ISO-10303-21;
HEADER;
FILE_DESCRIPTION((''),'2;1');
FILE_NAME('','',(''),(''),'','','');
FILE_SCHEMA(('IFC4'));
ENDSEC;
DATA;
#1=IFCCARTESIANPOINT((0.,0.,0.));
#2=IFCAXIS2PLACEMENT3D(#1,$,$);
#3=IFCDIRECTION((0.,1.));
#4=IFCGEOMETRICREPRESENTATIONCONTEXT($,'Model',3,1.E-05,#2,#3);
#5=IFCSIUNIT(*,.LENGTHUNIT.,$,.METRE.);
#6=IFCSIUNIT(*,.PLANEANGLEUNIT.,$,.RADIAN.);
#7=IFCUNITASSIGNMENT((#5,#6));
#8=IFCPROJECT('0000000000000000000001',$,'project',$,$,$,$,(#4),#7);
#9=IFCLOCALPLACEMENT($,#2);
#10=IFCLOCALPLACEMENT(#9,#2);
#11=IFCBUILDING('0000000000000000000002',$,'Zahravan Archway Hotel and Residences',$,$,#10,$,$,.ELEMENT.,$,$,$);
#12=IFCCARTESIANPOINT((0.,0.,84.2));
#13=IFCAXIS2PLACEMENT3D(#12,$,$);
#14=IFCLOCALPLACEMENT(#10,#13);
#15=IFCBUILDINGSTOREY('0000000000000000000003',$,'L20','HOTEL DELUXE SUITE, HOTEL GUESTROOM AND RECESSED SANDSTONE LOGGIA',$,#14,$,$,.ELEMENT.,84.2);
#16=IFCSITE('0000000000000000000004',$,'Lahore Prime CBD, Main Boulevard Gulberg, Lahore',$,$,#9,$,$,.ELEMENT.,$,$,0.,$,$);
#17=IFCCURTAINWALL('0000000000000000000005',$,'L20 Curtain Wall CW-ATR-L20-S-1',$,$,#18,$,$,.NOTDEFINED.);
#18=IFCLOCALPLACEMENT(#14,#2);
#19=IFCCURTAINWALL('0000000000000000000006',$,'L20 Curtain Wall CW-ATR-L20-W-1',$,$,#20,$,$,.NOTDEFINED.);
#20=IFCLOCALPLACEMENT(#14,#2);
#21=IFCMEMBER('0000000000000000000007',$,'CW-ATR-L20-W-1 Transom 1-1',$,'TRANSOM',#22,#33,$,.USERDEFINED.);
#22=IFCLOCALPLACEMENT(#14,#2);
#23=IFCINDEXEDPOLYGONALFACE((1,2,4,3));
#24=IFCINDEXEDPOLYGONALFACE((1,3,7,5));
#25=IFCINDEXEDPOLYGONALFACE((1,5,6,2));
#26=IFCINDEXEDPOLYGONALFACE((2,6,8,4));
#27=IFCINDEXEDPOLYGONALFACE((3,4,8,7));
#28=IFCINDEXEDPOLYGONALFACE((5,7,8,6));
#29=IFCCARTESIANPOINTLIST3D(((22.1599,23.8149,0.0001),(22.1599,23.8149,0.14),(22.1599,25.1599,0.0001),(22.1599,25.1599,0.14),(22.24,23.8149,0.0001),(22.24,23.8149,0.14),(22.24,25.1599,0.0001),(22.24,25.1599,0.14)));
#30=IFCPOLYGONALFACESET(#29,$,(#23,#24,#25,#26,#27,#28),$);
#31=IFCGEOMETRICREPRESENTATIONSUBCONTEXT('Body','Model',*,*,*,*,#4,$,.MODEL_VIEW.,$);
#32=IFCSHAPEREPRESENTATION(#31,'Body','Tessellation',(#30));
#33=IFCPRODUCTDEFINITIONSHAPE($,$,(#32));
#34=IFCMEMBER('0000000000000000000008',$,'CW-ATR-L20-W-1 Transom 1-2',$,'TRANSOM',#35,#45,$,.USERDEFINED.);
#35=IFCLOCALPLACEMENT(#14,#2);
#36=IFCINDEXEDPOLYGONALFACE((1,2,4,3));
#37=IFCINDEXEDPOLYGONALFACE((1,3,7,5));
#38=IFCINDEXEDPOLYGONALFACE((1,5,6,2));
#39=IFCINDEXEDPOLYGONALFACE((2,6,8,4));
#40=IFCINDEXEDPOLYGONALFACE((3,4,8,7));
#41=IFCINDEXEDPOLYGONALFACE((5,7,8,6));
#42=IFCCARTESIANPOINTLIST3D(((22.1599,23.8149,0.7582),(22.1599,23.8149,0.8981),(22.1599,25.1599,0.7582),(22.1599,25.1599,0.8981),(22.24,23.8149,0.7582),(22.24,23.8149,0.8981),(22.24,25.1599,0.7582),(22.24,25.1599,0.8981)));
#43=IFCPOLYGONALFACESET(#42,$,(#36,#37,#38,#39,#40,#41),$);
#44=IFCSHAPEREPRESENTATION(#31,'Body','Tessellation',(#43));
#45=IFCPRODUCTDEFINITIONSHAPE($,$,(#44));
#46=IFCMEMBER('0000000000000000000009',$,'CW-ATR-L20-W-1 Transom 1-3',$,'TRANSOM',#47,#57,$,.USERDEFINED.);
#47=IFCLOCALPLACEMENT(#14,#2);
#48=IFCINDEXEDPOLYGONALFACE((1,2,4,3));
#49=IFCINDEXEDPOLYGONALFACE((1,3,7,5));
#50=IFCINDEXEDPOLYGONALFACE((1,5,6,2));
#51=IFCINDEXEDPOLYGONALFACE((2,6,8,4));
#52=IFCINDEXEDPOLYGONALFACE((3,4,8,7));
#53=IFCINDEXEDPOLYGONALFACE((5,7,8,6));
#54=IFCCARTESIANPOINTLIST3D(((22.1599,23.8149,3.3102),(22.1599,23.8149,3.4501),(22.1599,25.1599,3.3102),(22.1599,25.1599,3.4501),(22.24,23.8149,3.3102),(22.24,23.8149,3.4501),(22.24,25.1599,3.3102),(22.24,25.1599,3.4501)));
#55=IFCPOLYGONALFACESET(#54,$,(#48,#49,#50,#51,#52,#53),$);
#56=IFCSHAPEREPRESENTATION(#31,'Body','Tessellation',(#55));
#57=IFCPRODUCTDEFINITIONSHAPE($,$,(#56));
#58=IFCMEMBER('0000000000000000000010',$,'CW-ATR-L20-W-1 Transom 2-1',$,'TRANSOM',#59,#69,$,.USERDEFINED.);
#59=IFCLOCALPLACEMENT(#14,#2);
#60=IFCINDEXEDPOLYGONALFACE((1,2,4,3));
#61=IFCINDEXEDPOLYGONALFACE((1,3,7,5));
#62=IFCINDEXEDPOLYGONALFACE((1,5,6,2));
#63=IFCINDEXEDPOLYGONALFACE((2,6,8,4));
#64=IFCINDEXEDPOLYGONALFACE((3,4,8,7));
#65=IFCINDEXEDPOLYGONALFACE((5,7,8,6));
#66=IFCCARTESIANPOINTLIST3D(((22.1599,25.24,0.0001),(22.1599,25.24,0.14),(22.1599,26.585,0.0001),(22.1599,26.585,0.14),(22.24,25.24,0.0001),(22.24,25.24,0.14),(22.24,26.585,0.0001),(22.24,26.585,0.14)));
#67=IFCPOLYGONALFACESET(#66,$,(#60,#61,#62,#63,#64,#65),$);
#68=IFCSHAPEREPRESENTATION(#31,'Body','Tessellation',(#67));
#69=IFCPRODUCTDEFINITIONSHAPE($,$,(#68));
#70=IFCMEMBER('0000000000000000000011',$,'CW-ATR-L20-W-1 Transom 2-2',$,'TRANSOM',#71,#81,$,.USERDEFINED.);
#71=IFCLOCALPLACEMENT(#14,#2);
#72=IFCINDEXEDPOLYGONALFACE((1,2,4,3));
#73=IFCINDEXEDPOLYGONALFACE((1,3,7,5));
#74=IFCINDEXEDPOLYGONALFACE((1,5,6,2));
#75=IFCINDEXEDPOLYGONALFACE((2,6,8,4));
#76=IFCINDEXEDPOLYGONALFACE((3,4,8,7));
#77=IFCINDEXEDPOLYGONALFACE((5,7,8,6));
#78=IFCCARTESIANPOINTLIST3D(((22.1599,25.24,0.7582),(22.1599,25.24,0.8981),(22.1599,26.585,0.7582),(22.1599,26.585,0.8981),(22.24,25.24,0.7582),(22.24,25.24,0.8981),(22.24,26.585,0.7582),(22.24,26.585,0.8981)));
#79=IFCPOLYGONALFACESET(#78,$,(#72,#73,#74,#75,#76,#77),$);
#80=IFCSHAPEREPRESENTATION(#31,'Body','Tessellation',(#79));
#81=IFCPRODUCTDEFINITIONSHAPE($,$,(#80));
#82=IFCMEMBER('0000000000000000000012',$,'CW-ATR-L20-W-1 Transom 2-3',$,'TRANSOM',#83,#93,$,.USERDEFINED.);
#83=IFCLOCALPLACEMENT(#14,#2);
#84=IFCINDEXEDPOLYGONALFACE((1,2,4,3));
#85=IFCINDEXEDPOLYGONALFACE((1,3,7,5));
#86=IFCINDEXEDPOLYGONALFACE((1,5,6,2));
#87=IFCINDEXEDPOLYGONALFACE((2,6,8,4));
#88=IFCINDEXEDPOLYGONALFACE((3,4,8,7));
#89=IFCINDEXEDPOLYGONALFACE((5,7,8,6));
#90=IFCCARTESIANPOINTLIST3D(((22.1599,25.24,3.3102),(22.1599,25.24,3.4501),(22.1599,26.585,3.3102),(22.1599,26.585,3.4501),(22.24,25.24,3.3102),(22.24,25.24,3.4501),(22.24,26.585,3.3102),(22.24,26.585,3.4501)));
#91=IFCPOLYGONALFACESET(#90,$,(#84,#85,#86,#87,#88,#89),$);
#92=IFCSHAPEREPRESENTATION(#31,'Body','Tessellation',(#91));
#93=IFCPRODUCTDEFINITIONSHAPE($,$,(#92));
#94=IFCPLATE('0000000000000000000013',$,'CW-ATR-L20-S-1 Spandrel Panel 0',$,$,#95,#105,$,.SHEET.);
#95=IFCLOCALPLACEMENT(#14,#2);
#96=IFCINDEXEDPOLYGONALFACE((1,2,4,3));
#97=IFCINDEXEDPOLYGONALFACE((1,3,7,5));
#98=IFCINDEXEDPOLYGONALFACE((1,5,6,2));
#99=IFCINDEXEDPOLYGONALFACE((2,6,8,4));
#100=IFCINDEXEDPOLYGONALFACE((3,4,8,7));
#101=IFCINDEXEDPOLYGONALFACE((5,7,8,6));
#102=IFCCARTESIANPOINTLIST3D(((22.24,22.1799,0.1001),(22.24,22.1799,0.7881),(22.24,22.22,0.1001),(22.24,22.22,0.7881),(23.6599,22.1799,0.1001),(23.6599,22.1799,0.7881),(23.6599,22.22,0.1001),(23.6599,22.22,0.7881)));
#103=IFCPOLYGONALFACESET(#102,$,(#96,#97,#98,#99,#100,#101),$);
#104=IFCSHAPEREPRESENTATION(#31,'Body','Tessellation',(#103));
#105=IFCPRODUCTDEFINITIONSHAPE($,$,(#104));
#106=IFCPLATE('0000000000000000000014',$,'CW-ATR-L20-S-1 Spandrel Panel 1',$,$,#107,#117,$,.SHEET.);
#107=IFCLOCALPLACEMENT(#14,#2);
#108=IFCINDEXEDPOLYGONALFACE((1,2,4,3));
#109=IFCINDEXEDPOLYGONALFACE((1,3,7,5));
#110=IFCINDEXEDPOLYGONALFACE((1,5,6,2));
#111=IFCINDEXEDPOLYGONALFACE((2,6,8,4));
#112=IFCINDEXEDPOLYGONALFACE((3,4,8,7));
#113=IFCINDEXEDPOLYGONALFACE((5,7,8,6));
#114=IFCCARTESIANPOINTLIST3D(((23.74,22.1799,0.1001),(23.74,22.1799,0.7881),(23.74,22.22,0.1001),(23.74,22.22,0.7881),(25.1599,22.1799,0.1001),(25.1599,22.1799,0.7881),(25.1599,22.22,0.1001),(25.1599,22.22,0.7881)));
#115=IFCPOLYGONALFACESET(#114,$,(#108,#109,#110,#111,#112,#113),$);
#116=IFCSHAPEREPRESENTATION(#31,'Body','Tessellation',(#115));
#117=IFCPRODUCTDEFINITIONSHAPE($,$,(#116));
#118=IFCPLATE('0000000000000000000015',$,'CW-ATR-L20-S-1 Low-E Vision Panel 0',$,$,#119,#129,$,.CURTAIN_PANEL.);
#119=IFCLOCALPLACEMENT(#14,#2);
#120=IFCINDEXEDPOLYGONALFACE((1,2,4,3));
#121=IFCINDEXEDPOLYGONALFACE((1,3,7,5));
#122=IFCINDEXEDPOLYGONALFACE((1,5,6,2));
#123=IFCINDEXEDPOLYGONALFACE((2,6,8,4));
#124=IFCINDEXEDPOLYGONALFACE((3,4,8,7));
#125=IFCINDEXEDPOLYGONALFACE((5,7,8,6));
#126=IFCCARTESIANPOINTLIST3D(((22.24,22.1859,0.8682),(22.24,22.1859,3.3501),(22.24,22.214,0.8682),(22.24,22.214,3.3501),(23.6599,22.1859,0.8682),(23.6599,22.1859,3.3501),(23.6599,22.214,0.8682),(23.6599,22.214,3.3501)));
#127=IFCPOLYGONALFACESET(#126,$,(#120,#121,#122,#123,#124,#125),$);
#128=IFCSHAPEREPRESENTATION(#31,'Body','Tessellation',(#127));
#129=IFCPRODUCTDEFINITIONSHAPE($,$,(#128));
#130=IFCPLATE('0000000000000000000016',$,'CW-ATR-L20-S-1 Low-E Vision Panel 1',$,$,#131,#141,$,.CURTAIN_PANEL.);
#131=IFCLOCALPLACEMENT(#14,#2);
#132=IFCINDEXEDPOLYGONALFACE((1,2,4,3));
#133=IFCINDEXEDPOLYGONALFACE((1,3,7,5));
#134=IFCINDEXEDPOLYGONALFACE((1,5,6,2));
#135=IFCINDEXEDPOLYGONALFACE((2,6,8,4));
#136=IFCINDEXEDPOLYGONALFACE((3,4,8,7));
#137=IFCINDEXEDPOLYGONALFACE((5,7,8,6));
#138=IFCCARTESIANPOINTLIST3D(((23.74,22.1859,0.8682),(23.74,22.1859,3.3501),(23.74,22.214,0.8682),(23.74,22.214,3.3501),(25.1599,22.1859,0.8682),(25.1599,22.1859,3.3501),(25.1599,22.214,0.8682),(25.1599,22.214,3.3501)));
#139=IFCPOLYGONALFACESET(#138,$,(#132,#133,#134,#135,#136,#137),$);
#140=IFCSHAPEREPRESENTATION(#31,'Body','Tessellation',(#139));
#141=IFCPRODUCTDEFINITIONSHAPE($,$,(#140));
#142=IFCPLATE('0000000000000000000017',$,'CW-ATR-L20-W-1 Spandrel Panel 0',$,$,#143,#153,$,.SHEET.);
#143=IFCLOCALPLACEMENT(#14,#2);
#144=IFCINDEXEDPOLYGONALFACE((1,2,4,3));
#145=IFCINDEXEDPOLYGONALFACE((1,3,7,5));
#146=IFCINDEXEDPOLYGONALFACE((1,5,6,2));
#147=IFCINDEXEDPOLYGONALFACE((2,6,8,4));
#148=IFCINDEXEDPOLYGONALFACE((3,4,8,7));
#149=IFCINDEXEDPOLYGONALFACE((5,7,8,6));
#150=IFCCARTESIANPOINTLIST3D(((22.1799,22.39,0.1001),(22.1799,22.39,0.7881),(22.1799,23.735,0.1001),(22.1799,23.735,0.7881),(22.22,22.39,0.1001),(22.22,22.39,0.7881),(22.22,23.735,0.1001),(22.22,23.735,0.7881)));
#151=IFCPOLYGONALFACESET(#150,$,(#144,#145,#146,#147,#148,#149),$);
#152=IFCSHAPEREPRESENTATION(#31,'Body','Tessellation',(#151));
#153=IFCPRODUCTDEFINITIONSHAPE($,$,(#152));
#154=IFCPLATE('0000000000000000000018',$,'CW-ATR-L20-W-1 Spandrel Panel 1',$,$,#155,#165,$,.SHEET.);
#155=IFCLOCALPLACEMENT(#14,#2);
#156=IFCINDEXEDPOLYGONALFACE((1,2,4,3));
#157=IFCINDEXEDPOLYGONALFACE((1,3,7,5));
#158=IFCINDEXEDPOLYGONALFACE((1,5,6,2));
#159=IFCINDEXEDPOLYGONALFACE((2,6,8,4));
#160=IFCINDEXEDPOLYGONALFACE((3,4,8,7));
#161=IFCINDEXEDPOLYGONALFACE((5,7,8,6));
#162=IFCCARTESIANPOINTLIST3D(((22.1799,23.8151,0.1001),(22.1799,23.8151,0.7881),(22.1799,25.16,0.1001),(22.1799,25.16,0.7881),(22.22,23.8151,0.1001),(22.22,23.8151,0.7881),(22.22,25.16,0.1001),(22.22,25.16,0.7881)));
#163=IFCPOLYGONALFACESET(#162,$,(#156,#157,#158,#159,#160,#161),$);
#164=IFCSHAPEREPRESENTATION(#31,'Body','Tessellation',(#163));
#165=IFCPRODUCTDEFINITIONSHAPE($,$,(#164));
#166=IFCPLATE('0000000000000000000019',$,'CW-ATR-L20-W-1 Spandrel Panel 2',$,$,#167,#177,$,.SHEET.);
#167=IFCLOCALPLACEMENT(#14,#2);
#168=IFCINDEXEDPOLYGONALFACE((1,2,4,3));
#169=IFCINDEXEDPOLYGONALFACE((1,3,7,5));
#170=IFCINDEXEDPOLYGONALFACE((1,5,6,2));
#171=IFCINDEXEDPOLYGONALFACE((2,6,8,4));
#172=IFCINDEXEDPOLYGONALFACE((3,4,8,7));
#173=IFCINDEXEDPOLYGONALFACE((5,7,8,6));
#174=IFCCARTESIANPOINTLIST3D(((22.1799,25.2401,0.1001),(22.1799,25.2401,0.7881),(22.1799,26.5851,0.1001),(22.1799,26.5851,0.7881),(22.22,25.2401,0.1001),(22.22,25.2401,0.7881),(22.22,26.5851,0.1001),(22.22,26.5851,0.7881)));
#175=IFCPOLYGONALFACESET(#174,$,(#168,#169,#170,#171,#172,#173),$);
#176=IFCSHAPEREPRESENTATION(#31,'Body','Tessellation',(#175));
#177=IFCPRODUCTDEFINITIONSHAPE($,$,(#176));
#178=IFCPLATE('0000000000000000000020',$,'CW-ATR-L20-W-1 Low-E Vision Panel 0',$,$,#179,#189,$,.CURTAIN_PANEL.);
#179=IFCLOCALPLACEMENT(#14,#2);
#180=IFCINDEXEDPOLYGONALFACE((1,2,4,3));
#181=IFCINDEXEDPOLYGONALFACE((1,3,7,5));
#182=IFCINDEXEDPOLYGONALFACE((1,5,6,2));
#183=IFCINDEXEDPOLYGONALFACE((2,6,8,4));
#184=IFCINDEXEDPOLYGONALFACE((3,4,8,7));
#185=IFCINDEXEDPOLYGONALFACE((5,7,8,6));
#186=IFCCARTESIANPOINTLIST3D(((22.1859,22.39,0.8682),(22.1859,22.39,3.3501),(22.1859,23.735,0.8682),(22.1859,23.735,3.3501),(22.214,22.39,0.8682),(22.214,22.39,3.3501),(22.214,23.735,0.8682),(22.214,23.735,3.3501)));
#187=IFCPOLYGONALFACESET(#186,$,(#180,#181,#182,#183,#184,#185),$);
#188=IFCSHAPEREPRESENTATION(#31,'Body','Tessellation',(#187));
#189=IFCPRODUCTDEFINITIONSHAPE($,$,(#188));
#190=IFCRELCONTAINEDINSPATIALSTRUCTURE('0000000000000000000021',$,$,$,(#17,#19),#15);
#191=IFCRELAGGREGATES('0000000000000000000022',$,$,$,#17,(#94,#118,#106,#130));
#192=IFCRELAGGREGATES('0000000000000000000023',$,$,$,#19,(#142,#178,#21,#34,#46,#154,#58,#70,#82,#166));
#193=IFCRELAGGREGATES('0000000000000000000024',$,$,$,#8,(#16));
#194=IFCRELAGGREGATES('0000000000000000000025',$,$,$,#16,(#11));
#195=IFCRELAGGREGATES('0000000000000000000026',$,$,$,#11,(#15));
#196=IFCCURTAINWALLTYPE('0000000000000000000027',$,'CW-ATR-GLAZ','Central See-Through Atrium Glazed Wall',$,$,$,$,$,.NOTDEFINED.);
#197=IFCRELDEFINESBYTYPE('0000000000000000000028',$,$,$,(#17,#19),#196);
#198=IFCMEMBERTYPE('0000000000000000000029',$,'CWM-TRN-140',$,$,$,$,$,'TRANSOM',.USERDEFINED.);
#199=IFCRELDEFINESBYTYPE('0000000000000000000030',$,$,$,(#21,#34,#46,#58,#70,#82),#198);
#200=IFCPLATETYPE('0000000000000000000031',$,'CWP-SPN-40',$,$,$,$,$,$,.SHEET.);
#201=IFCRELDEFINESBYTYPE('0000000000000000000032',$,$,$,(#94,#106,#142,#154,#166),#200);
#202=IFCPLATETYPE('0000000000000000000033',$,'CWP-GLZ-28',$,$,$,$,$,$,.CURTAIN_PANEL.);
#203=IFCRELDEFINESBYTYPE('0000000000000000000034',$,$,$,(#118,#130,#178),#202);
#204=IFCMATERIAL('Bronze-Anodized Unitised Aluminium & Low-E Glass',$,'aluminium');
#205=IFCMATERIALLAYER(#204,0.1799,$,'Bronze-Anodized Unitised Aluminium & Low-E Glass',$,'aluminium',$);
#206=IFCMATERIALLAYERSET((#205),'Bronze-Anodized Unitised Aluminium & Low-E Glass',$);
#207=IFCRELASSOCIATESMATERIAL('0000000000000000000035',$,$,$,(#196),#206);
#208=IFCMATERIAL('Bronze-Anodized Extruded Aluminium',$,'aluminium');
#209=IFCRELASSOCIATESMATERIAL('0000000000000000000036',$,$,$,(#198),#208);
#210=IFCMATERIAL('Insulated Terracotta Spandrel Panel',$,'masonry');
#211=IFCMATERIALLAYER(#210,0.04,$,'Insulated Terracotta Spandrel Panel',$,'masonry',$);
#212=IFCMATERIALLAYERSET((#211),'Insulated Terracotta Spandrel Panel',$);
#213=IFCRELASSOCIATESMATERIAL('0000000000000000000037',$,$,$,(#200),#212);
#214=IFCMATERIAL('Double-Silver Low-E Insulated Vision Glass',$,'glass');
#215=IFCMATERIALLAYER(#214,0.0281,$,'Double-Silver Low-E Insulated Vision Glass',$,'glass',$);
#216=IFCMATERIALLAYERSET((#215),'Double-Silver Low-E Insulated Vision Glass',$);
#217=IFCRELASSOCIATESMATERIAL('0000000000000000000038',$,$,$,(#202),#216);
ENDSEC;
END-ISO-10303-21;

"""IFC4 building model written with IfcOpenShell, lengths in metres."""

from ifc_helpers import new_model, si_unit, direction, frame, origin, origin_2d, place, context, subcontext, project, spatial, rectangle, extrude, source, transform, mapped, material, layer, layer_set, material_profile, profile_set, type_object, element, aggregate, save


model = new_model("IFC4")

# Units and contexts
model_context = context("Model", 3, precision=1e-05, world=origin(), true_north=direction((0.0, 1.0)))
body_context = subcontext(model_context, "Body", "Model", "MODEL_VIEW")
ifc_project = project(units=[si_unit("LENGTHUNIT", "METRE"), si_unit("PLANEANGLEUNIT", "RADIAN")], contexts=[model_context])

# Site, building, storey
site_placement = place(None, origin())
site = spatial("IfcSite", under=ifc_project, at=site_placement, Name="Lahore Prime CBD, Main Boulevard Gulberg, Lahore", CompositionType="ELEMENT", RefElevation=0.0)
building_placement = place(site_placement, origin())
building = spatial("IfcBuilding", under=site, at=building_placement, Name="Zahravan Archway Hotel and Residences", CompositionType="ELEMENT")
storey_placement = place(building_placement, frame((0.0, 0.0, 84.2)))
storey = spatial("IfcBuildingStorey", under=building, at=storey_placement, Name="L20", Description="HOTEL DELUXE SUITE, HOTEL GUESTROOM AND RECESSED SANDSTONE LOGGIA", CompositionType="ELEMENT", Elevation=84.2)

# Curtain walls
ifc_material_1 = material(Name="Bronze-Anodized Unitised Aluminium & Low-E Glass", Category="aluminium")
ifc_layer_1 = layer(ifc_material_1, 0.1799, Name="Bronze-Anodized Unitised Aluminium & Low-E Glass", Category="aluminium")
ifc_layer_set_1 = layer_set([ifc_layer_1], Name="Bronze-Anodized Unitised Aluminium & Low-E Glass")
curtain_wall_type = type_object("IfcCurtainWallType", Name="CW-ATR-GLAZ", Description="Central See-Through Atrium Glazed Wall", PredefinedType="NOTDEFINED", material=ifc_layer_set_1)
curtain_wall_1_placement = place(storey_placement, origin())
curtain_wall_1 = element("IfcCurtainWall", 1, at=curtain_wall_1_placement, inside=storey, type_object=curtain_wall_type, Name="L20 Curtain Wall CW-ATR-L20-S-1", PredefinedType="NOTDEFINED")
ifc_material_2 = material(Name="Bronze-Anodized Extruded Aluminium", Category="aluminium")
curtain_wall_2_placement = place(storey_placement, origin())
curtain_wall_2 = element("IfcCurtainWall", 2, at=curtain_wall_2_placement, inside=storey, type_object=curtain_wall_type, Name="L20 Curtain Wall CW-ATR-L20-W-1", PredefinedType="NOTDEFINED")

# Members
ifc_material_profile_1 = material_profile(ifc_material_2, rectangle(XDim=0.0801, YDim=0.1399, at=origin_2d()), Name="TRN 80x140", Category="aluminium")
ifc_profile_set_1 = profile_set([ifc_material_profile_1], Name="Bronze-Anodized Extruded Aluminium")
member_type_1 = type_object("IfcMemberType", Name="CWM-TRN-140", ElementType="TRANSOM", PredefinedType="USERDEFINED", material=ifc_profile_set_1)
shared_shape_1 = source(origin(), body_context, "Body", "SweptSolid", [
    extrude(rectangle(XDim=0.0801, YDim=0.1399, at=origin_2d()), origin(), (0.0, 0.0, 1.0), 1.345),
])
member_1_placement = place(storey_placement, frame((22.2, 23.8149, 0.0701), z_axis=(0.0, 1.0, 0.0), x_axis=(-1.0, 0.0, 0.0)))
member_1 = element("IfcMember", 3, at=member_1_placement, type_object=member_type_1, Name="CW-ATR-L20-W-1 Transom 1-1", ObjectType="TRANSOM", PredefinedType="USERDEFINED", context=body_context, shape_type="MappedRepresentation", body=[
    mapped(shared_shape_1, transform((0.0, 0.0, 0.0), scale=1.0)),
])
member_2_placement = place(storey_placement, frame((22.2, 23.8149, 0.8281), z_axis=(0.0, 1.0, 0.0), x_axis=(-1.0, 0.0, 0.0)))
member_2 = element("IfcMember", 4, at=member_2_placement, type_object=member_type_1, Name="CW-ATR-L20-W-1 Transom 1-2", ObjectType="TRANSOM", PredefinedType="USERDEFINED", context=body_context, shape_type="MappedRepresentation", body=[
    mapped(shared_shape_1, transform((0.0, 0.0, 0.0), scale=1.0)),
])
member_3_placement = place(storey_placement, frame((22.2, 23.8149, 3.3801), z_axis=(0.0, 1.0, 0.0), x_axis=(-1.0, 0.0, 0.0)))
member_3 = element("IfcMember", 5, at=member_3_placement, type_object=member_type_1, Name="CW-ATR-L20-W-1 Transom 1-3", ObjectType="TRANSOM", PredefinedType="USERDEFINED", context=body_context, shape_type="MappedRepresentation", body=[
    mapped(shared_shape_1, transform((0.0, 0.0, 0.0), scale=1.0)),
])
member_4_placement = place(storey_placement, frame((22.2, 25.24, 0.0701), z_axis=(0.0, 1.0, 0.0), x_axis=(-1.0, 0.0, 0.0)))
member_4 = element("IfcMember", 6, at=member_4_placement, type_object=member_type_1, Name="CW-ATR-L20-W-1 Transom 2-1", ObjectType="TRANSOM", PredefinedType="USERDEFINED", context=body_context, shape_type="MappedRepresentation", body=[
    mapped(shared_shape_1, transform((0.0, 0.0, 0.0), scale=1.0)),
])
member_5_placement = place(storey_placement, frame((22.2, 25.24, 0.8281), z_axis=(0.0, 1.0, 0.0), x_axis=(-1.0, 0.0, 0.0)))
member_5 = element("IfcMember", 7, at=member_5_placement, type_object=member_type_1, Name="CW-ATR-L20-W-1 Transom 2-2", ObjectType="TRANSOM", PredefinedType="USERDEFINED", context=body_context, shape_type="MappedRepresentation", body=[
    mapped(shared_shape_1, transform((0.0, 0.0, 0.0), scale=1.0)),
])
member_6_placement = place(storey_placement, frame((22.2, 25.24, 3.3801), z_axis=(0.0, 1.0, 0.0), x_axis=(-1.0, 0.0, 0.0)))
member_6 = element("IfcMember", 8, at=member_6_placement, type_object=member_type_1, Name="CW-ATR-L20-W-1 Transom 2-3", ObjectType="TRANSOM", PredefinedType="USERDEFINED", context=body_context, shape_type="MappedRepresentation", body=[
    mapped(shared_shape_1, transform((0.0, 0.0, 0.0), scale=1.0)),
])

# Plates
ifc_material_3 = material(Name="Insulated Terracotta Spandrel Panel", Category="masonry")
ifc_layer_2 = layer(ifc_material_3, 0.04, Name="Insulated Terracotta Spandrel Panel", Category="masonry")
ifc_layer_set_2 = layer_set([ifc_layer_2], Name="Insulated Terracotta Spandrel Panel")
plate_type_1 = type_object("IfcPlateType", Name="CWP-SPN-40", PredefinedType="SHEET", material=ifc_layer_set_2)
shared_shape_2 = source(origin(), body_context, "Body", "SweptSolid", [
    extrude(rectangle(XDim=1.4199, YDim=0.04, at=origin_2d()), origin(), (0.0, 0.0, 1.0), 0.688),
])
plate_1_placement = place(storey_placement, frame((22.95, 22.2, 0.1001), z_axis=(0.0, 0.0, 1.0), x_axis=(1.0, 0.0, 0.0)))
plate_1 = element("IfcPlate", 9, at=plate_1_placement, type_object=plate_type_1, Name="CW-ATR-L20-S-1 Spandrel Panel 0", PredefinedType="SHEET", context=body_context, shape_type="MappedRepresentation", body=[
    mapped(shared_shape_2, transform((0.0, 0.0, 0.0), scale=1.0)),
])
plate_2_placement = place(storey_placement, frame((24.45, 22.2, 0.1001), z_axis=(0.0, 0.0, 1.0), x_axis=(1.0, 0.0, 0.0)))
plate_2 = element("IfcPlate", 10, at=plate_2_placement, type_object=plate_type_1, Name="CW-ATR-L20-S-1 Spandrel Panel 1", PredefinedType="SHEET", context=body_context, shape_type="MappedRepresentation", body=[
    mapped(shared_shape_2, transform((0.0, 0.0, 0.0), scale=1.0)),
])
ifc_material_4 = material(Name="Double-Silver Low-E Insulated Vision Glass", Category="glass")
ifc_layer_3 = layer(ifc_material_4, 0.0281, Name="Double-Silver Low-E Insulated Vision Glass", Category="glass")
ifc_layer_set_3 = layer_set([ifc_layer_3], Name="Double-Silver Low-E Insulated Vision Glass")
plate_type_2 = type_object("IfcPlateType", Name="CWP-GLZ-28", PredefinedType="CURTAIN_PANEL", material=ifc_layer_set_3)
shared_shape_3 = source(origin(), body_context, "Body", "SweptSolid", [
    extrude(rectangle(XDim=1.4199, YDim=0.0281, at=origin_2d()), origin(), (0.0, 0.0, 1.0), 2.4819),
])
plate_3_placement = place(storey_placement, frame((22.95, 22.2, 0.8682), z_axis=(0.0, 0.0, 1.0), x_axis=(1.0, 0.0, 0.0)))
plate_3 = element("IfcPlate", 11, at=plate_3_placement, type_object=plate_type_2, Name="CW-ATR-L20-S-1 Low-E Vision Panel 0", PredefinedType="CURTAIN_PANEL", context=body_context, shape_type="MappedRepresentation", body=[
    mapped(shared_shape_3, transform((0.0, 0.0, 0.0), scale=1.0)),
])
plate_4_placement = place(storey_placement, frame((24.45, 22.2, 0.8682), z_axis=(0.0, 0.0, 1.0), x_axis=(1.0, 0.0, 0.0)))
plate_4 = element("IfcPlate", 12, at=plate_4_placement, type_object=plate_type_2, Name="CW-ATR-L20-S-1 Low-E Vision Panel 1", PredefinedType="CURTAIN_PANEL", context=body_context, shape_type="MappedRepresentation", body=[
    mapped(shared_shape_3, transform((0.0, 0.0, 0.0), scale=1.0)),
])
aggregate(curtain_wall_1, [plate_1, plate_3, plate_2, plate_4])
shared_shape_4 = source(origin(), body_context, "Body", "SweptSolid", [
    extrude(rectangle(XDim=1.345, YDim=0.04, at=origin_2d()), origin(), (0.0, 0.0, 1.0), 0.688),
])
plate_5_placement = place(storey_placement, frame((22.2, 23.0625, 0.1001), z_axis=(0.0, 0.0, 1.0), x_axis=(0.0, 1.0, 0.0)))
plate_5 = element("IfcPlate", 13, at=plate_5_placement, type_object=plate_type_1, Name="CW-ATR-L20-W-1 Spandrel Panel 0", PredefinedType="SHEET", context=body_context, shape_type="MappedRepresentation", body=[
    mapped(shared_shape_4, transform((0.0, 0.0, 0.0), scale=1.0)),
])
plate_6_placement = place(storey_placement, frame((22.2, 24.4875, 0.1001), z_axis=(0.0, 0.0, 1.0), x_axis=(0.0, 1.0, 0.0)))
plate_6 = element("IfcPlate", 14, at=plate_6_placement, type_object=plate_type_1, Name="CW-ATR-L20-W-1 Spandrel Panel 1", PredefinedType="SHEET", context=body_context, shape_type="MappedRepresentation", body=[
    mapped(shared_shape_4, transform((0.0, 0.0, 0.0), scale=1.0)),
])
plate_7_placement = place(storey_placement, frame((22.2, 25.9126, 0.1001), z_axis=(0.0, 0.0, 1.0), x_axis=(0.0, 1.0, 0.0)))
plate_7 = element("IfcPlate", 15, at=plate_7_placement, type_object=plate_type_1, Name="CW-ATR-L20-W-1 Spandrel Panel 2", PredefinedType="SHEET", context=body_context, shape_type="MappedRepresentation", body=[
    mapped(shared_shape_4, transform((0.0, 0.0, 0.0), scale=1.0)),
])
shared_shape_5 = source(origin(), body_context, "Body", "SweptSolid", [
    extrude(rectangle(XDim=1.345, YDim=0.0281, at=origin_2d()), origin(), (0.0, 0.0, 1.0), 2.4819),
])
plate_8_placement = place(storey_placement, frame((22.2, 23.0625, 0.8682), z_axis=(0.0, 0.0, 1.0), x_axis=(0.0, 1.0, 0.0)))
plate_8 = element("IfcPlate", 16, at=plate_8_placement, type_object=plate_type_2, Name="CW-ATR-L20-W-1 Low-E Vision Panel 0", PredefinedType="CURTAIN_PANEL", context=body_context, shape_type="MappedRepresentation", body=[
    mapped(shared_shape_5, transform((0.0, 0.0, 0.0), scale=1.0)),
])
aggregate(curtain_wall_2, [plate_5, plate_8, member_1, member_2, member_3, plate_6, member_4, member_5, member_6, plate_7])

save(model, "model.ifc")
